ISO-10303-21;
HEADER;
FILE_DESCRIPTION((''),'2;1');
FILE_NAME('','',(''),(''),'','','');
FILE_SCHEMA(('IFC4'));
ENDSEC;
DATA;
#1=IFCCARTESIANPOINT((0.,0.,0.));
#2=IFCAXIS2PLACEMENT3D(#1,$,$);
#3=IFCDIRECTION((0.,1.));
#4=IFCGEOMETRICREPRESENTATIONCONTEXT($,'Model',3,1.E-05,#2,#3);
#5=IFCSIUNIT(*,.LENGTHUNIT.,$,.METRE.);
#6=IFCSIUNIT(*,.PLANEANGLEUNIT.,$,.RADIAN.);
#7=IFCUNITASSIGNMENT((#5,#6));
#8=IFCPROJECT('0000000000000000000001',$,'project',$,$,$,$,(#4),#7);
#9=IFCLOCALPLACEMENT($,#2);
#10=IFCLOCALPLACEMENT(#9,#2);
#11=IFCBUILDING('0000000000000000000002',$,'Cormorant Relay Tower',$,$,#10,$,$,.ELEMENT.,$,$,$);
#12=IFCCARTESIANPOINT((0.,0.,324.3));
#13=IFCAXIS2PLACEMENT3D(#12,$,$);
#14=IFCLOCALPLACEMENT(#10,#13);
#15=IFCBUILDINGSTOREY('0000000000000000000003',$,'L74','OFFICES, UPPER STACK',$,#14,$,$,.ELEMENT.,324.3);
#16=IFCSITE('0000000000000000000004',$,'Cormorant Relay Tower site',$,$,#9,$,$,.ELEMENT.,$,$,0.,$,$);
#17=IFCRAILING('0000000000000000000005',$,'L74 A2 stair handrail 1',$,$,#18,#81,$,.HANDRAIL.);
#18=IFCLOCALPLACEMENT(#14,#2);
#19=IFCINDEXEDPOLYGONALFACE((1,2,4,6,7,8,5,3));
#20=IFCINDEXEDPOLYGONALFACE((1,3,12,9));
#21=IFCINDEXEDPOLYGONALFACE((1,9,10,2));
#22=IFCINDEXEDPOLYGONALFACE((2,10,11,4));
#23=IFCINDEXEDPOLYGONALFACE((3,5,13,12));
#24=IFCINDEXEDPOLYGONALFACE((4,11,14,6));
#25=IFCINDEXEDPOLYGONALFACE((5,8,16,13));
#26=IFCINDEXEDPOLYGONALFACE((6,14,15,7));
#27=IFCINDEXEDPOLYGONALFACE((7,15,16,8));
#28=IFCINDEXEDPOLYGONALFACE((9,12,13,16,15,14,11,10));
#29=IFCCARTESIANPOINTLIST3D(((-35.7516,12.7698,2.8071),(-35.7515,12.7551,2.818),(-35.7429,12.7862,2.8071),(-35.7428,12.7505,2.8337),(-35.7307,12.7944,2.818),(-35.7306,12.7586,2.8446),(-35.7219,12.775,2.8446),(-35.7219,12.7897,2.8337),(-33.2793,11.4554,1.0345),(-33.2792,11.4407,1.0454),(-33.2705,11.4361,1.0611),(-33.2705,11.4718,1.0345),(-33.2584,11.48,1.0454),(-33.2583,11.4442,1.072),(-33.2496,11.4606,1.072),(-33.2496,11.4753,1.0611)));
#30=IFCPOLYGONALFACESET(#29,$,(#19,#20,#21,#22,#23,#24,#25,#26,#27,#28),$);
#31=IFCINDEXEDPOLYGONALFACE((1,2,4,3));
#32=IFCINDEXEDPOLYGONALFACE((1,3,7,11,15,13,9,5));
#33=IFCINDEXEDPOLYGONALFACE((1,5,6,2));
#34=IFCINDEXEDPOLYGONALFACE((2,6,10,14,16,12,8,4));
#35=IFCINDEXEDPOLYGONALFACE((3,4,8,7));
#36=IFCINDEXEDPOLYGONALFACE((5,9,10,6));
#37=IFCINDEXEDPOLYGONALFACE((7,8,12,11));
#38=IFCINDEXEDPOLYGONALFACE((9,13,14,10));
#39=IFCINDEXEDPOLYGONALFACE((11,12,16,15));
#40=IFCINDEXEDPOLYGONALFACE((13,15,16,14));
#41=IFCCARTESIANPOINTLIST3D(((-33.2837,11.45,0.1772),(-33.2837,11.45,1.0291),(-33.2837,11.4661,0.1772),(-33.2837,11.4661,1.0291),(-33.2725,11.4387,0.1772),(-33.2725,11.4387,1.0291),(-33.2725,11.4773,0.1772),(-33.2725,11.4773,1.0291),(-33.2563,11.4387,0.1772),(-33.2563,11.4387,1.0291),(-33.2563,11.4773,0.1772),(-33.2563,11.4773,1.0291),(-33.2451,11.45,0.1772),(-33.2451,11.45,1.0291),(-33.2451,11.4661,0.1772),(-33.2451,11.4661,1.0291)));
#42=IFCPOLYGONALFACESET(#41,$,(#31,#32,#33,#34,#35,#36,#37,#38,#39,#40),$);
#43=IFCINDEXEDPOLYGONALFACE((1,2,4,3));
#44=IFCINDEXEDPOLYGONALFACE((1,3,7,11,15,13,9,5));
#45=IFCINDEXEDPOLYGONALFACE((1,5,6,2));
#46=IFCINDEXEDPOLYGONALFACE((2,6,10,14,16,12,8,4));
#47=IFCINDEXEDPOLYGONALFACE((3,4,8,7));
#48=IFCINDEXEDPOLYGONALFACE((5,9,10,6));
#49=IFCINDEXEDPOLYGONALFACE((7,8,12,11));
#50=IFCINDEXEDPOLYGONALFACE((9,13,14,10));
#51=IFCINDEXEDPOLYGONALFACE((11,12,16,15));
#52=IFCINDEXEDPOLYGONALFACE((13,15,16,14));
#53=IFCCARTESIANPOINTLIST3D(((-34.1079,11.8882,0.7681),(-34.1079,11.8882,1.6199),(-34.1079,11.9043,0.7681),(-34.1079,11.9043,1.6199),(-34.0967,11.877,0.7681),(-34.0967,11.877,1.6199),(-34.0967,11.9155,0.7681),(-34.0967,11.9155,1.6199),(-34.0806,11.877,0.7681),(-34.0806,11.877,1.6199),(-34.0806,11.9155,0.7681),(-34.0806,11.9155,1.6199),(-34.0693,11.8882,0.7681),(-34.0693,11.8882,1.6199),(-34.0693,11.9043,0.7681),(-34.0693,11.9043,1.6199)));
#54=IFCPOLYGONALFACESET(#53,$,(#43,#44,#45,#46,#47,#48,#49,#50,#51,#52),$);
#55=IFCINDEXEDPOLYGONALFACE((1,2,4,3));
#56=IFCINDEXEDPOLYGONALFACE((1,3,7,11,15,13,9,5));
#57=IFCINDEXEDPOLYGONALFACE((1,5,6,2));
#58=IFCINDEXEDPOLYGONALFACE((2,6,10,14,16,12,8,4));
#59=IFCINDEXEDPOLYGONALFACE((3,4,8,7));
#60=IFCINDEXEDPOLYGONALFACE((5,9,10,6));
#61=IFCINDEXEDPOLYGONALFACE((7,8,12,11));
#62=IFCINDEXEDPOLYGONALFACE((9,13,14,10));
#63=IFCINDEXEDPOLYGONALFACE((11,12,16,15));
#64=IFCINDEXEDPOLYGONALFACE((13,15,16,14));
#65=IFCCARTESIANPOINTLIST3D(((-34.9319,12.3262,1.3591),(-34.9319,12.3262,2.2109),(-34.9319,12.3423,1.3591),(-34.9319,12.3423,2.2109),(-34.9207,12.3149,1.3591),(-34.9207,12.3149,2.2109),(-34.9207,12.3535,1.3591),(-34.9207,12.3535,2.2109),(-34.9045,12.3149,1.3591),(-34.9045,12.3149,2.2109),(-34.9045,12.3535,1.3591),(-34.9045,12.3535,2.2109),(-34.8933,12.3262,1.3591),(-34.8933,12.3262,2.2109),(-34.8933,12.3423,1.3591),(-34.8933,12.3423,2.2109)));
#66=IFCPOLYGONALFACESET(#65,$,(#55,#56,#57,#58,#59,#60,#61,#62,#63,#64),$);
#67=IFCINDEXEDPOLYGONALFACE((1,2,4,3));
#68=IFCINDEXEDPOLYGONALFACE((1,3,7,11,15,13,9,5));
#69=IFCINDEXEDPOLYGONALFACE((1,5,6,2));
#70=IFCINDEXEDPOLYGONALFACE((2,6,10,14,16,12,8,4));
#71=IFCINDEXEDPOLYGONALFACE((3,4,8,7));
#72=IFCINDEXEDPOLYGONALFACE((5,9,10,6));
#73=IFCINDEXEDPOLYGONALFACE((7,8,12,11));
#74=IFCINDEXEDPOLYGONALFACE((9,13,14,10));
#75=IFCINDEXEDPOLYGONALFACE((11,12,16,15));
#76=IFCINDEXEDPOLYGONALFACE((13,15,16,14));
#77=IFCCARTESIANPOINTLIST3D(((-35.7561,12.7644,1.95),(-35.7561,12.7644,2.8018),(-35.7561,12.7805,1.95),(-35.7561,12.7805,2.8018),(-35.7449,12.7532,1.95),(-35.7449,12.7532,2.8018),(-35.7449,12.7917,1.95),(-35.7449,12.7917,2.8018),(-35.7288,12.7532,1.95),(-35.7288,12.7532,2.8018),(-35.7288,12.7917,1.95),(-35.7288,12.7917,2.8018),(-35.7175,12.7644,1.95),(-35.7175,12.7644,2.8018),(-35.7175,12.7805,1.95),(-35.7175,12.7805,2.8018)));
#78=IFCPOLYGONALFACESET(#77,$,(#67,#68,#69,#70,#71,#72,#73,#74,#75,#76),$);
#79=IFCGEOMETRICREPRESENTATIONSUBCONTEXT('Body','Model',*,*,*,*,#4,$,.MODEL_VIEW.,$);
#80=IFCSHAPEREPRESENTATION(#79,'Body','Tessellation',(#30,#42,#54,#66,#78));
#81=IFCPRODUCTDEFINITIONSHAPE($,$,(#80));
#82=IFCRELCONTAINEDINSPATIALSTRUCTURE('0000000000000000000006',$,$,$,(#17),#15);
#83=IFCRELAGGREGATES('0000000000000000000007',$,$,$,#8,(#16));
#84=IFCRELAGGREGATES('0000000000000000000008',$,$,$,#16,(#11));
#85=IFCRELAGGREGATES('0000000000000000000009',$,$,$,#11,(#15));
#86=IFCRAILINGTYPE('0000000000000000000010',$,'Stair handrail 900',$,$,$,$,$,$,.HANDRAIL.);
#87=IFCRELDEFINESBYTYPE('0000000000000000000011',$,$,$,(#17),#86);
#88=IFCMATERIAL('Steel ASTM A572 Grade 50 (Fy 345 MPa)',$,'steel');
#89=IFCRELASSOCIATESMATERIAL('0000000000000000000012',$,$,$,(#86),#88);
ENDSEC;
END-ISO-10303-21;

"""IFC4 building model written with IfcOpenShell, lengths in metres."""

from ifc_helpers import new_model, si_unit, direction, frame, origin, place, context, subcontext, project, spatial, polyline, outline, extrude, material, type_object, element, save


model = new_model("IFC4")

# Units and contexts
model_context = context("Model", 3, precision=1e-05, world=origin(), true_north=direction((0.0, 1.0)))
body_context = subcontext(model_context, "Body", "Model", "MODEL_VIEW")
ifc_project = project(units=[si_unit("LENGTHUNIT", "METRE"), si_unit("PLANEANGLEUNIT", "RADIAN")], contexts=[model_context])

# Site, building, storey
site_placement = place(None, origin())
site = spatial("IfcSite", under=ifc_project, at=site_placement, Name="Cormorant Relay Tower site", CompositionType="ELEMENT", RefElevation=0.0)
building_placement = place(site_placement, origin())
building = spatial("IfcBuilding", under=site, at=building_placement, Name="Cormorant Relay Tower", CompositionType="ELEMENT")
storey_placement = place(building_placement, frame((0.0, 0.0, 324.3)))
storey = spatial("IfcBuildingStorey", under=building, at=storey_placement, Name="L74", Description="OFFICES, UPPER STACK", CompositionType="ELEMENT", Elevation=324.3)

# Railing
ifc_material_1 = material(Name="Steel ASTM A572 Grade 50 (Fy 345 MPa)", Category="steel")
railing_type_1 = type_object("IfcRailingType", Name="Stair handrail 900", PredefinedType="HANDRAIL", material=ifc_material_1)
railing_1_placement = place(storey_placement, frame((-33.2644, 11.458, 0.1772)))
element("IfcRailing", 1, at=railing_1_placement, inside=storey, type_object=railing_type_1, Name="L74 A2 stair handrail 1", PredefinedType="HANDRAIL", context=body_context, shape_type="SweptSolid", body=[
    extrude(outline(polyline([(0.0222, 0.0093), (0.0093, 0.0222), (-0.0093, 0.0222), (-0.0222, 0.0093), (-0.0222, -0.0093), (-0.0093, -0.0222), (0.0093, -0.0222), (0.0222, -0.0093), (0.0222, 0.0093)])), frame((0.0, 0.0, 0.876), z_axis=(-0.746034, 0.396627, 0.534902), x_axis=(-0.469429, -0.88297, 0.0)), (0.0, 0.0, 1.0), 3.314),
    extrude(outline(polyline([(0.0193, 0.0081), (0.0081, 0.0193), (-0.0081, 0.0193), (-0.0193, 0.0081), (-0.0193, -0.0081), (-0.0081, -0.0193), (0.0081, -0.0193), (0.0193, -0.0081), (0.0193, 0.0081)])), origin(), (0.0, 0.0, 1.0), 0.8518),
    extrude(outline(polyline([(0.0193, 0.0081), (0.0081, 0.0193), (-0.0081, 0.0193), (-0.0193, 0.0081), (-0.0193, -0.0081), (-0.0081, -0.0193), (0.0081, -0.0193), (0.0193, -0.0081), (0.0193, 0.0081)])), frame((-0.8242, 0.4382, 0.5908)), (0.0, 0.0, 1.0), 0.8518),
    extrude(outline(polyline([(0.0193, 0.0081), (0.0081, 0.0193), (-0.0081, 0.0193), (-0.0193, 0.0081), (-0.0193, -0.0081), (-0.0081, -0.0193), (0.0081, -0.0193), (0.0193, -0.0081), (0.0193, 0.0081)])), frame((-1.6482, 0.8762, 1.1819)), (0.0, 0.0, 1.0), 0.8518),
    extrude(outline(polyline([(0.0193, 0.0081), (0.0081, 0.0193), (-0.0081, 0.0193), (-0.0193, 0.0081), (-0.0193, -0.0081), (-0.0081, -0.0193), (0.0081, -0.0193), (0.0193, -0.0081), (0.0193, 0.0081)])), frame((-2.4724, 1.3145, 1.7727)), (0.0, 0.0, 1.0), 0.8518),
])

save(model, "model.ifc")
